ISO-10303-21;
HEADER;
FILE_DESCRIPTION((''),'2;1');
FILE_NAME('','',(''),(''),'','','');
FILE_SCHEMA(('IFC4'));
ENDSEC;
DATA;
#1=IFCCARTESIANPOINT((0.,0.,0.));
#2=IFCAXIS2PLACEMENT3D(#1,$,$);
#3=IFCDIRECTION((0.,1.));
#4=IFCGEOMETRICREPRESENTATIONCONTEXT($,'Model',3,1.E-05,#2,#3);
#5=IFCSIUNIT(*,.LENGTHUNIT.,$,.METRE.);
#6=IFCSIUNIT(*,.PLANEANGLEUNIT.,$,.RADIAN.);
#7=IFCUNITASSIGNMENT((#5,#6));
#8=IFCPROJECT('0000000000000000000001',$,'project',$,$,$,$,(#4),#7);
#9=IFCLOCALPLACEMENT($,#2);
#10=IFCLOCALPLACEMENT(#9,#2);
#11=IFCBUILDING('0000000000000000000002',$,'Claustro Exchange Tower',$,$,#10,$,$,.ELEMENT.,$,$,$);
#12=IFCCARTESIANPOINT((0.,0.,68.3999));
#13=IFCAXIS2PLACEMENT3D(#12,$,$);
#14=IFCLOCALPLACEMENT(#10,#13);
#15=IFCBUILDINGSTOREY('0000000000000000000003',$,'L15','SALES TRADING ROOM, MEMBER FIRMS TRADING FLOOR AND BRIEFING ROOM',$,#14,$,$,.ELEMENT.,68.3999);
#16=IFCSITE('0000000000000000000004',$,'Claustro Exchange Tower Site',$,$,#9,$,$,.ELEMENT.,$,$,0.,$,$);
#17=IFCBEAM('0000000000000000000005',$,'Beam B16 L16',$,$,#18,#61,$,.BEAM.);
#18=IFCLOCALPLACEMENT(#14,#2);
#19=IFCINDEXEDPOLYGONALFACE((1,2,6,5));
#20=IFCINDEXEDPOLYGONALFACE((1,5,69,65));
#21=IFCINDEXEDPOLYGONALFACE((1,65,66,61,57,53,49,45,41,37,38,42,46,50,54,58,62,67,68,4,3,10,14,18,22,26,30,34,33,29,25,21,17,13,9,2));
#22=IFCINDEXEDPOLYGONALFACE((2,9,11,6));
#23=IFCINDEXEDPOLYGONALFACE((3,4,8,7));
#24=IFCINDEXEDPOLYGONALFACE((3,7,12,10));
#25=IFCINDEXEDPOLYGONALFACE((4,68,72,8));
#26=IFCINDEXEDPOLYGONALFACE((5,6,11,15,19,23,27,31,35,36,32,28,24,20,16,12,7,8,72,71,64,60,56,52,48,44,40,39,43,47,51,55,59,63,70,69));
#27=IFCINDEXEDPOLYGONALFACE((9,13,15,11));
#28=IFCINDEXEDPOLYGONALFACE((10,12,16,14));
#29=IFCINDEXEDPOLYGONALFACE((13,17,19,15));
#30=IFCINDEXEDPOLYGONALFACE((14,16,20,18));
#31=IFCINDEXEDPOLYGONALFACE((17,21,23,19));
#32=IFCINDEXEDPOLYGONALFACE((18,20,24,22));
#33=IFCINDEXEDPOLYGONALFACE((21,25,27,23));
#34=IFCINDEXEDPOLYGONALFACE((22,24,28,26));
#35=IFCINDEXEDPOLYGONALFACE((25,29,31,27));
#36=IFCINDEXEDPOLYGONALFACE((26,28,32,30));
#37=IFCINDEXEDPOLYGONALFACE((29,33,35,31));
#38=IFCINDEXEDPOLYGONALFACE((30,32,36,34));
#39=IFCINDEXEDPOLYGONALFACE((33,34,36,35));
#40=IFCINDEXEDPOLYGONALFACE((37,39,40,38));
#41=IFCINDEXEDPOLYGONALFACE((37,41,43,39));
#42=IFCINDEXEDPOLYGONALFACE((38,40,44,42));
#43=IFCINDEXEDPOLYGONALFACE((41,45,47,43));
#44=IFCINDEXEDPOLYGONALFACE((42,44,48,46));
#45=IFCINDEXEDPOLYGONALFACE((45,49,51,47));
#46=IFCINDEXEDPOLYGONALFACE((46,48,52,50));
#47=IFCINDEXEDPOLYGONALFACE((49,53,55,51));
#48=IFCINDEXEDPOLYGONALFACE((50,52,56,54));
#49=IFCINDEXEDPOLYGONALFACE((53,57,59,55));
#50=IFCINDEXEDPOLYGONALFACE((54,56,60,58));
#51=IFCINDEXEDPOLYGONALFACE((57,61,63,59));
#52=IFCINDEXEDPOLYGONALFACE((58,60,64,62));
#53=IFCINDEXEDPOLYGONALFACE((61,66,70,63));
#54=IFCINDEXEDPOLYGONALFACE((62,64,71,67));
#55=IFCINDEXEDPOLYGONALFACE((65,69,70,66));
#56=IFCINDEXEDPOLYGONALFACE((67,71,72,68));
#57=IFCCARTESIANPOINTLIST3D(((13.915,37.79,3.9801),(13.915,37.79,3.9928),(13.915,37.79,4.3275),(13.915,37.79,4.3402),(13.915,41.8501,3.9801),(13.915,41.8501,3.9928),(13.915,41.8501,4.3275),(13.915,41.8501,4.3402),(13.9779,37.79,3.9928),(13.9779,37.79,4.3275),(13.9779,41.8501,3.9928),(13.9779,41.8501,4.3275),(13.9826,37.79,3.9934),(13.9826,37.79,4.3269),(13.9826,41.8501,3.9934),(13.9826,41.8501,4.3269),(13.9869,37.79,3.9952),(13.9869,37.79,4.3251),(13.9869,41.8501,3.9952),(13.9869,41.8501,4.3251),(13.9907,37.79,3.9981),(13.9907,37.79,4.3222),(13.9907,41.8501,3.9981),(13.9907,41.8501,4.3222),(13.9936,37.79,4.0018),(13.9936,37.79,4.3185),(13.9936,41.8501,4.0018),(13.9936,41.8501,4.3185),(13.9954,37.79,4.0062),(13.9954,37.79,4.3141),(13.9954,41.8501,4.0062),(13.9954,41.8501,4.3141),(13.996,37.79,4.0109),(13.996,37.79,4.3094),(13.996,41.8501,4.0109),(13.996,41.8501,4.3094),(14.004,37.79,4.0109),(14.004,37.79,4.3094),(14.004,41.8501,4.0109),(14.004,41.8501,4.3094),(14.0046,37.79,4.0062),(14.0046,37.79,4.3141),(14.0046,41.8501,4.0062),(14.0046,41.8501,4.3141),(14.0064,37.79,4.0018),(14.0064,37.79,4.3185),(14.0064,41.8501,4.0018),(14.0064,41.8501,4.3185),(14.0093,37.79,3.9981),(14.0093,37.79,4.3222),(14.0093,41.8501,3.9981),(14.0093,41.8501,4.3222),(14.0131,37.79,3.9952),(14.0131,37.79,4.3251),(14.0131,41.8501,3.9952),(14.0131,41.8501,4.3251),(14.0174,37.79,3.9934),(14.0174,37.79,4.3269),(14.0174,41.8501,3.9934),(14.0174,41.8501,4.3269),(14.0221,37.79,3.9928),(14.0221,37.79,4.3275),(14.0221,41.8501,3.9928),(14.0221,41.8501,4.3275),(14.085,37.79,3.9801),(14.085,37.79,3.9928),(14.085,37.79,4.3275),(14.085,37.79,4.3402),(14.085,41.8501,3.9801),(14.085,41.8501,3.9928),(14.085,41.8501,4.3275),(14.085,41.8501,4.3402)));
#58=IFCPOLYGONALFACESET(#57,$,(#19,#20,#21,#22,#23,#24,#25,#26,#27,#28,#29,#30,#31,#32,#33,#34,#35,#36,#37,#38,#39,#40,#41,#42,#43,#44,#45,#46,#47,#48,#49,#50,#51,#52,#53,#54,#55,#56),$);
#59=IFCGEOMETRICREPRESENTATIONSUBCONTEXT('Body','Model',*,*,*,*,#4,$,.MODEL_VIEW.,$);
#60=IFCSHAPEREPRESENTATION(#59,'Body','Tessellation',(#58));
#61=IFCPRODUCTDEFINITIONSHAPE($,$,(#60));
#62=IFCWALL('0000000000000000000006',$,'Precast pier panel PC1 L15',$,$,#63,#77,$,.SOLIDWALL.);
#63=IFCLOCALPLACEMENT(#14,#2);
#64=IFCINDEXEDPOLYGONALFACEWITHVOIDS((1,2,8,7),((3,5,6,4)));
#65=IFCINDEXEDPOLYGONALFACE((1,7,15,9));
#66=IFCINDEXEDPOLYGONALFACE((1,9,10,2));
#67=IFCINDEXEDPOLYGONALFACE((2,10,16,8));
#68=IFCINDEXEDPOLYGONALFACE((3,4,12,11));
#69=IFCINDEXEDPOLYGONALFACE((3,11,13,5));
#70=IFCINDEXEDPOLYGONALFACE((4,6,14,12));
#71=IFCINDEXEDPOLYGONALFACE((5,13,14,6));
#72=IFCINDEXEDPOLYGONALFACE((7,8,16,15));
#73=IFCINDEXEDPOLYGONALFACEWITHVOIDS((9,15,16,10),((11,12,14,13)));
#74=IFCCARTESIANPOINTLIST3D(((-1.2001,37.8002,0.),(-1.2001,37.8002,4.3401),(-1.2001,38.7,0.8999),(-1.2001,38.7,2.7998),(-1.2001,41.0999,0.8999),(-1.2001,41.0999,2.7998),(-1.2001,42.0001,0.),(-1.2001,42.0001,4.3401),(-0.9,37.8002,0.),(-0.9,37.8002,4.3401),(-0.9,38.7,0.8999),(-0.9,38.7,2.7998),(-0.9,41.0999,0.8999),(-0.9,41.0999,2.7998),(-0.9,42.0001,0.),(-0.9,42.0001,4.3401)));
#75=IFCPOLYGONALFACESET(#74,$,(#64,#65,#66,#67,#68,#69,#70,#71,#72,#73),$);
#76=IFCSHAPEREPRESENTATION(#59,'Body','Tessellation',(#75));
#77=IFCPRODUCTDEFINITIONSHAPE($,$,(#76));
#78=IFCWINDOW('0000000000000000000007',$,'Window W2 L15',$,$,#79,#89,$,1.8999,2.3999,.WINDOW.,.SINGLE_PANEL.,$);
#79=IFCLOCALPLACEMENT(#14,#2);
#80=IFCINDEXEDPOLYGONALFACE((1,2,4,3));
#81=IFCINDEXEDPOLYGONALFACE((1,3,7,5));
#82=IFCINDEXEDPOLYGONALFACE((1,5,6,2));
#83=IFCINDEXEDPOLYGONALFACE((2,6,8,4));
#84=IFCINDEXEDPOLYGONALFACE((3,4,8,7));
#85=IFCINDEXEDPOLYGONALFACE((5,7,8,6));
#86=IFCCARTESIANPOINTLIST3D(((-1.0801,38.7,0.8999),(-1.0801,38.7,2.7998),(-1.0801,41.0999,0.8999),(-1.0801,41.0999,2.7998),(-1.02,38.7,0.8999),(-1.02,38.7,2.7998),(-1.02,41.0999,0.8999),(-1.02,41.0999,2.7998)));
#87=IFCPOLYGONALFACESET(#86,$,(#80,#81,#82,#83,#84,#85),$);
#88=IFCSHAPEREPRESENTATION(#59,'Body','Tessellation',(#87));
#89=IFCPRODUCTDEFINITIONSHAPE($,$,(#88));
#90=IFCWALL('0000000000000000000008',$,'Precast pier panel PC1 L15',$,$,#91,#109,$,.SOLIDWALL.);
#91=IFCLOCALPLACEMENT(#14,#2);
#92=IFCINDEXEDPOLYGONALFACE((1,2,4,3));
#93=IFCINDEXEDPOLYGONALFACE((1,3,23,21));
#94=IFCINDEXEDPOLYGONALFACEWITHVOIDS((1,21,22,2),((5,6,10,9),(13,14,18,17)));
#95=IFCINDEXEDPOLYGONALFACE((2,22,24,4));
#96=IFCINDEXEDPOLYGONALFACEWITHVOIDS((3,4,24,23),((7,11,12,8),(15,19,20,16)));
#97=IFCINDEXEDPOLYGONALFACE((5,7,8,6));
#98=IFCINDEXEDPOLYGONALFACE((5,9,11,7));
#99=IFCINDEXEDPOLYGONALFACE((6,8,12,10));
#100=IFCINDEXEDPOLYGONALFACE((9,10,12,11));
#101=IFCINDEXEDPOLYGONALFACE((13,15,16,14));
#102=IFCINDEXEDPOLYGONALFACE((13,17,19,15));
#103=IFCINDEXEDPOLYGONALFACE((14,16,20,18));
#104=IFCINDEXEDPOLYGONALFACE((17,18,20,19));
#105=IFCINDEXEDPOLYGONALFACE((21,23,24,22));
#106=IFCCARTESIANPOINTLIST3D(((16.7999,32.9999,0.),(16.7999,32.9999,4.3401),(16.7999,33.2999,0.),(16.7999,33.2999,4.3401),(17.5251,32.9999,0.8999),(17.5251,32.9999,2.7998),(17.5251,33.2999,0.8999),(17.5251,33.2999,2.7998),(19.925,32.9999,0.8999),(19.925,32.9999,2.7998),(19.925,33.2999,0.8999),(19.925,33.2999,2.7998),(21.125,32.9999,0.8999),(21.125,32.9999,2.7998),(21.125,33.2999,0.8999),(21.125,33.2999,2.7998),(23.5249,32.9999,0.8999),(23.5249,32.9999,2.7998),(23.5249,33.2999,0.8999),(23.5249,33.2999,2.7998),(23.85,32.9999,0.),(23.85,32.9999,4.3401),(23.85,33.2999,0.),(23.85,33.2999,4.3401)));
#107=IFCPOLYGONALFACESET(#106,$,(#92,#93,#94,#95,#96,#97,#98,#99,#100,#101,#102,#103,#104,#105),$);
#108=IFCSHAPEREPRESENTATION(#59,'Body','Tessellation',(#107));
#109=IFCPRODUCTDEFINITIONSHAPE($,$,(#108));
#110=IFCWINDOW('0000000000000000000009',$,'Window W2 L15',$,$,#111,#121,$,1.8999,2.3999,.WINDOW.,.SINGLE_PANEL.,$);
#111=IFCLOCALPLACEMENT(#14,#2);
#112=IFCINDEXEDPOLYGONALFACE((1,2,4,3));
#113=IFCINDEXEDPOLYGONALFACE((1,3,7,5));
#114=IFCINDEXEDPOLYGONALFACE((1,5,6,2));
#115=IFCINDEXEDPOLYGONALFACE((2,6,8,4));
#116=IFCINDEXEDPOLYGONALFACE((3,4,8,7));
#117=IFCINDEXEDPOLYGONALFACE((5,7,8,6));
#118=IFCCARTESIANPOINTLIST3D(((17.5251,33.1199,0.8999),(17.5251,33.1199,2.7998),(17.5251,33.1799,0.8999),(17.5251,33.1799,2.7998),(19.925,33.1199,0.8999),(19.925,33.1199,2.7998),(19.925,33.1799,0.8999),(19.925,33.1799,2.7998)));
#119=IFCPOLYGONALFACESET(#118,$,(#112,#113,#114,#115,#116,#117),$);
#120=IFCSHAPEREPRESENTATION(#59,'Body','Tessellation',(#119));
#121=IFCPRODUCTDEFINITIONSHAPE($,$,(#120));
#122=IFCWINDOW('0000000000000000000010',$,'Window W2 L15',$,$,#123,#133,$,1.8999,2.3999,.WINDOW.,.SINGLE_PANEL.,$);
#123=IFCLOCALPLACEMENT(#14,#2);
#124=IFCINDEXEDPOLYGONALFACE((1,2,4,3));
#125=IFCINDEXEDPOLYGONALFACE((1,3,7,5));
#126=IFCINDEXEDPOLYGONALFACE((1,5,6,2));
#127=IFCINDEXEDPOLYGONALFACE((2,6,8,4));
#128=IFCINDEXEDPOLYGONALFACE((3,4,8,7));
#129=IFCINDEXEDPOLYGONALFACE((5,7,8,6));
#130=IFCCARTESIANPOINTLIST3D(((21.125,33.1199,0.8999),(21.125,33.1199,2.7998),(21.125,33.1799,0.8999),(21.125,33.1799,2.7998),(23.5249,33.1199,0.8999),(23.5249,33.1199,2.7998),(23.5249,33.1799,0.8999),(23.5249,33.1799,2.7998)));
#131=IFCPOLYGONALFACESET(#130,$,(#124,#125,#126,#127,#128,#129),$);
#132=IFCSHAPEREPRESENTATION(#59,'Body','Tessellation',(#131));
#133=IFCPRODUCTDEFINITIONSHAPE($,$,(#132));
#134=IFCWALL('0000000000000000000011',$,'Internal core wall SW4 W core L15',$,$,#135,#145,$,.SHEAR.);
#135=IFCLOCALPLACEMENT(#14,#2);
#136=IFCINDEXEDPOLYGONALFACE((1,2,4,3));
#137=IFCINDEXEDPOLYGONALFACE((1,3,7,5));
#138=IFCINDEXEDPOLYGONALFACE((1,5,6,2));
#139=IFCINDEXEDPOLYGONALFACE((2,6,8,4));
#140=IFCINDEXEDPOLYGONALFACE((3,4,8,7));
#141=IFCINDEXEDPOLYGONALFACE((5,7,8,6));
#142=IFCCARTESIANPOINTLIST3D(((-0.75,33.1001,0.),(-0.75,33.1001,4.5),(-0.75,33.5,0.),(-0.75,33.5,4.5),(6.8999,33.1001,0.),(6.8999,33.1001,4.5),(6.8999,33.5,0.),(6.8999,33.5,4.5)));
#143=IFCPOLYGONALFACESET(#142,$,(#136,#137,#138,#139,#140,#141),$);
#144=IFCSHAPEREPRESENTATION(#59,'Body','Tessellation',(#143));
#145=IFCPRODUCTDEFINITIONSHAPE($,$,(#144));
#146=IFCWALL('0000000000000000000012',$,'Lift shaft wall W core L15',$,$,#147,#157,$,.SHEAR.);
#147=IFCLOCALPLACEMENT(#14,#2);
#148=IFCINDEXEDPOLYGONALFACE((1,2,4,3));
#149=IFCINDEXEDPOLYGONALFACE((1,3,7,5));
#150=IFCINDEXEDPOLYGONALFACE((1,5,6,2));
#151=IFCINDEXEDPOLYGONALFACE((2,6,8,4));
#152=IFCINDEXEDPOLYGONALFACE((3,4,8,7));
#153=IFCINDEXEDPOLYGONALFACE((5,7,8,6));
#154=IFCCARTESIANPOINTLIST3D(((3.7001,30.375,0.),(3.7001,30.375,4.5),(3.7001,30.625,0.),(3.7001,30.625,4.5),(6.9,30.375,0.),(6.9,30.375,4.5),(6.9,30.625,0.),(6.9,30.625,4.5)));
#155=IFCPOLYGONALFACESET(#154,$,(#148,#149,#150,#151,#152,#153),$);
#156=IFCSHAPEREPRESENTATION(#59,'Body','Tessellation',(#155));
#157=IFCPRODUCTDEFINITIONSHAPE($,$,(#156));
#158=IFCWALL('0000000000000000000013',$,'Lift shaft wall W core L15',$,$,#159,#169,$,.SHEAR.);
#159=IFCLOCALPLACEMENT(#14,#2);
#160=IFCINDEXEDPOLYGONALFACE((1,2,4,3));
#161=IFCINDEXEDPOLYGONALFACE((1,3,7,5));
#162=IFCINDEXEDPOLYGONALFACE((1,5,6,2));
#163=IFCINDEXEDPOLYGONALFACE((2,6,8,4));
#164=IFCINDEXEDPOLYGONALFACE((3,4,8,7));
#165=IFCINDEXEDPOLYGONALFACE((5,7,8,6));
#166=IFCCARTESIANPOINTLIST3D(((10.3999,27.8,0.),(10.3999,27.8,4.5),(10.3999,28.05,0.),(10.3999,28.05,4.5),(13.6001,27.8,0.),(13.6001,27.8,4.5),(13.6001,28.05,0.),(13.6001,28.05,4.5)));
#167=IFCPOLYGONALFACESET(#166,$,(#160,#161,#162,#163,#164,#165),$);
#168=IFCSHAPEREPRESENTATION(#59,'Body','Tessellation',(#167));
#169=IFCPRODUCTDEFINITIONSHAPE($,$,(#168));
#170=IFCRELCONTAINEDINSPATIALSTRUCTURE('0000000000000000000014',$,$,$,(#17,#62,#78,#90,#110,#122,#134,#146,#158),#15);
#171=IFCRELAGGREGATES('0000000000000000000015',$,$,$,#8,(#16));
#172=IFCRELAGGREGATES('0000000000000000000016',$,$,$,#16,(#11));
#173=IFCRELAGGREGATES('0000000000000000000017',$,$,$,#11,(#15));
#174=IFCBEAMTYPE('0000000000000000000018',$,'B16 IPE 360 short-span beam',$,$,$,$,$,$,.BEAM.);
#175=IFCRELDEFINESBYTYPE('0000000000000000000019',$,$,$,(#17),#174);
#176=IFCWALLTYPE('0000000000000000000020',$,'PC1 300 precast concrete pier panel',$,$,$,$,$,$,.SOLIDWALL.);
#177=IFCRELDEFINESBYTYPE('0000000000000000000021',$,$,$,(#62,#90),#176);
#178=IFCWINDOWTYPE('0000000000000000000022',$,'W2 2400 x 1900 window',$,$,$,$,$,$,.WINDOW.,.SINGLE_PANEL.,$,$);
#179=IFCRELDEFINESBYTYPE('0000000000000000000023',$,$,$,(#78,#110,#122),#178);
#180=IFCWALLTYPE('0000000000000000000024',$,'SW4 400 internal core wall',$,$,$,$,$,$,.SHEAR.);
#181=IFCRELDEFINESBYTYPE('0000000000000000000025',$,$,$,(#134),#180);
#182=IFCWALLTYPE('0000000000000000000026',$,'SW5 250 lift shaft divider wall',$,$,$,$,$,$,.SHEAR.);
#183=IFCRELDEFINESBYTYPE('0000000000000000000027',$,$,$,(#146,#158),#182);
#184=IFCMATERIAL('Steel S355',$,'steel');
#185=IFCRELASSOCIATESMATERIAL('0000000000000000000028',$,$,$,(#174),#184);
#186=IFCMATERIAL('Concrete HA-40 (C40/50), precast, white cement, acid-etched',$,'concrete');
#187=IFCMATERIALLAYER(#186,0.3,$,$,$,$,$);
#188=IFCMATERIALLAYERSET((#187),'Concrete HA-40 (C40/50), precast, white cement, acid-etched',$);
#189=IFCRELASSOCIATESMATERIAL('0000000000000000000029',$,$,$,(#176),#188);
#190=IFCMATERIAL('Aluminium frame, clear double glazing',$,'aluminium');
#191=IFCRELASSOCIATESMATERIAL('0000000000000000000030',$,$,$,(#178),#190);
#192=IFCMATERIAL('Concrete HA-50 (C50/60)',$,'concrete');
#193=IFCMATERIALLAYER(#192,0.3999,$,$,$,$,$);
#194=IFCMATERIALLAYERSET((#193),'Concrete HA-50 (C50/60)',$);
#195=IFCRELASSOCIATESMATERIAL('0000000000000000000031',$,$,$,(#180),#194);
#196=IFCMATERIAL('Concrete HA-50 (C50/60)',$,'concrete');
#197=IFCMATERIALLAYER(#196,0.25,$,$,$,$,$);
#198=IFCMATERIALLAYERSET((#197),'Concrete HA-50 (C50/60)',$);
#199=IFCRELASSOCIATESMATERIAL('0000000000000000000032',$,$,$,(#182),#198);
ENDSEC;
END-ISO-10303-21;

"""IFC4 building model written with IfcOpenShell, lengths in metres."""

from ifc_helpers import new_model, si_unit, direction, frame, frame_2d, origin, origin_2d, place, context, subcontext, project, spatial, rectangle, i_section, extrude, material, layer, layer_set, material_profile, profile_set, type_object, element, fill, save


model = new_model("IFC4")

# Units and contexts
model_context = context("Model", 3, precision=1e-05, world=origin(), true_north=direction((0.0, 1.0)))
body_context = subcontext(model_context, "Body", "Model", "MODEL_VIEW")
ifc_project = project(units=[si_unit("LENGTHUNIT", "METRE"), si_unit("PLANEANGLEUNIT", "RADIAN")], contexts=[model_context])

# Site, building, storey
site_placement = place(None, origin())
site = spatial("IfcSite", under=ifc_project, at=site_placement, Name="Claustro Exchange Tower Site", CompositionType="ELEMENT", RefElevation=0.0)
building_placement = place(site_placement, origin())
building = spatial("IfcBuilding", under=site, at=building_placement, Name="Claustro Exchange Tower", CompositionType="ELEMENT")
storey_placement = place(building_placement, frame((0.0, 0.0, 68.3999)))
storey = spatial("IfcBuildingStorey", under=building, at=storey_placement, Name="L15", Description="SALES TRADING ROOM, MEMBER FIRMS TRADING FLOOR AND BRIEFING ROOM", CompositionType="ELEMENT", Elevation=68.3999)

# Beam
ifc_material_1 = material(Name="Steel S355", Category="steel")
ifc_material_profile_1 = material_profile(ifc_material_1, i_section(OverallWidth=0.1699, OverallDepth=0.3601, WebThickness=0.0081, FlangeThickness=0.0127, FilletRadius=0.0181, at=origin_2d()), Name="IPE 360")
ifc_profile_set_1 = profile_set([ifc_material_profile_1], Name="Steel S355")
beam_type_1 = type_object("IfcBeamType", Name="B16 IPE 360 short-span beam", PredefinedType="BEAM", material=ifc_profile_set_1)
for number, where, z_axis, x_axis, name in (
    (1, (14.0, 37.79, 4.1602), (0.0, 1.0, 0.0), (-1.0, 0.0, 0.0), "Beam B16 L16"),
):
    element("IfcBeam", number, at=place(storey_placement, frame(where, z_axis=z_axis, x_axis=x_axis)), inside=storey, type_object=beam_type_1, Name=name, PredefinedType="BEAM", context=body_context, shape_type="SweptSolid", body=[
        extrude(i_section(OverallWidth=0.1699, OverallDepth=0.3601, WebThickness=0.0081, FlangeThickness=0.0127, FilletRadius=0.0181, at=origin_2d()), origin(), (0.0, 0.0, 1.0), 4.0601),
    ])

# Wall, opening, window
ifc_material_2 = material(Name="Concrete HA-40 (C40/50), precast, white cement, acid-etched", Category="concrete")
ifc_layer_1 = layer(ifc_material_2, 0.3)
ifc_layer_set_1 = layer_set([ifc_layer_1], Name="Concrete HA-40 (C40/50), precast, white cement, acid-etched")
wall_type_1 = type_object("IfcWallType", Name="PC1 300 precast concrete pier panel", PredefinedType="SOLIDWALL", material=ifc_layer_set_1)
wall_1_placement = place(storey_placement, frame((-1.05, 37.8, 0.0), z_axis=(0.0, 0.0, 1.0), x_axis=(0.0, 1.0, 0.0)))
wall_1 = element("IfcWall", 2, at=wall_1_placement, inside=storey, type_object=wall_type_1, Name="Precast pier panel PC1 L15", PredefinedType="SOLIDWALL", context=body_context, shape_type="SweptSolid", body=[
    extrude(rectangle(XDim=4.2, YDim=0.3, at=frame_2d((2.1001, 0.0))), origin(), (0.0, 0.0, 1.0), 4.3401),
])
opening_1_placement = place(wall_1_placement, frame((0.8999, 0.0, 0.8999)))
opening_1 = element("IfcOpeningElement", 3, at=opening_1_placement, cuts=wall_1, PredefinedType="OPENING", context=body_context, shape_type="SweptSolid", body=[
    extrude(rectangle(XDim=2.3999, YDim=1.8999, at=frame_2d((1.2, 0.95))), frame((0.0, 0.1599, 0.0), z_axis=(0.0, -1.0, 0.0), x_axis=(1.0, 0.0, 0.0)), (0.0, 0.0, 1.0), 0.3201),
])
ifc_material_3 = material(Name="Aluminium frame, clear double glazing", Category="aluminium")
window_type = type_object("IfcWindowType", Name="W2 2400 x 1900 window", PartitioningType="SINGLE_PANEL", PredefinedType="WINDOW", material=ifc_material_3)
window_1_placement = place(opening_1_placement, origin())
window_1 = element("IfcWindow", 4, at=window_1_placement, inside=storey, type_object=window_type, Name="Window W2 L15", OverallHeight=1.8999, OverallWidth=2.3999, PartitioningType="SINGLE_PANEL", PredefinedType="WINDOW", context=body_context, shape_type="SweptSolid", body=[
    extrude(rectangle(XDim=2.3999, YDim=1.8999, at=frame_2d((1.2, 0.95))), frame((0.0, 0.03, 0.0), z_axis=(0.0, -1.0, 0.0), x_axis=(1.0, 0.0, 0.0)), (0.0, 0.0, 1.0), 0.0601),
])
fill(opening_1, window_1)

# Wall, openings, windows
wall_2_placement = place(storey_placement, frame((16.8, 33.1499, 0.0), z_axis=(0.0, 0.0, 1.0), x_axis=(1.0, 0.0, 0.0)))
wall_2 = element("IfcWall", 5, at=wall_2_placement, inside=storey, type_object=wall_type_1, Name="Precast pier panel PC1 L15", PredefinedType="SOLIDWALL", context=body_context, shape_type="SweptSolid", body=[
    extrude(rectangle(XDim=7.05, YDim=0.3, at=frame_2d((3.5249, 0.0))), origin(), (0.0, 0.0, 1.0), 4.3401),
])
opening_2_placement = place(wall_2_placement, frame((0.7251, 0.0, 0.8999)))
opening_2 = element("IfcOpeningElement", 6, at=opening_2_placement, cuts=wall_2, PredefinedType="OPENING", context=body_context, shape_type="SweptSolid", body=[
    extrude(rectangle(XDim=2.3999, YDim=1.8999, at=frame_2d((1.2, 0.95))), frame((0.0, 0.1599, 0.0), z_axis=(0.0, -1.0, 0.0), x_axis=(1.0, 0.0, 0.0)), (0.0, 0.0, 1.0), 0.3201),
])
opening_3_placement = place(wall_2_placement, frame((4.325, 0.0, 0.8999)))
opening_3 = element("IfcOpeningElement", 7, at=opening_3_placement, cuts=wall_2, PredefinedType="OPENING", context=body_context, shape_type="SweptSolid", body=[
    extrude(rectangle(XDim=2.3999, YDim=1.8999, at=frame_2d((1.2, 0.95))), frame((0.0, 0.1599, 0.0), z_axis=(0.0, -1.0, 0.0), x_axis=(1.0, 0.0, 0.0)), (0.0, 0.0, 1.0), 0.3201),
])
window_2_placement = place(opening_2_placement, origin())
window_2 = element("IfcWindow", 8, at=window_2_placement, inside=storey, type_object=window_type, Name="Window W2 L15", OverallHeight=1.8999, OverallWidth=2.3999, PartitioningType="SINGLE_PANEL", PredefinedType="WINDOW", context=body_context, shape_type="SweptSolid", body=[
    extrude(rectangle(XDim=2.3999, YDim=1.8999, at=frame_2d((1.2, 0.95))), frame((0.0, 0.03, 0.0), z_axis=(0.0, -1.0, 0.0), x_axis=(1.0, 0.0, 0.0)), (0.0, 0.0, 1.0), 0.0601),
])
fill(opening_2, window_2)
window_3_placement = place(opening_3_placement, origin())
window_3 = element("IfcWindow", 9, at=window_3_placement, inside=storey, type_object=window_type, Name="Window W2 L15", OverallHeight=1.8999, OverallWidth=2.3999, PartitioningType="SINGLE_PANEL", PredefinedType="WINDOW", context=body_context, shape_type="SweptSolid", body=[
    extrude(rectangle(XDim=2.3999, YDim=1.8999, at=frame_2d((1.2, 0.95))), frame((0.0, 0.03, 0.0), z_axis=(0.0, -1.0, 0.0), x_axis=(1.0, 0.0, 0.0)), (0.0, 0.0, 1.0), 0.0601),
])
fill(opening_3, window_3)

# Walls
ifc_material_4 = material(Name="Concrete HA-50 (C50/60)", Category="concrete")
ifc_layer_2 = layer(ifc_material_4, 0.3999)
ifc_layer_set_2 = layer_set([ifc_layer_2], Name="Concrete HA-50 (C50/60)")
wall_type_2 = type_object("IfcWallType", Name="SW4 400 internal core wall", PredefinedType="SHEAR", material=ifc_layer_set_2)
wall_3_placement = place(storey_placement, frame((-0.75, 33.3, 0.0), z_axis=(0.0, 0.0, 1.0), x_axis=(1.0, 0.0, 0.0)))
element("IfcWall", 10, at=wall_3_placement, inside=storey, type_object=wall_type_2, Name="Internal core wall SW4 W core L15", PredefinedType="SHEAR", context=body_context, shape_type="SweptSolid", body=[
    extrude(rectangle(XDim=7.6499, YDim=0.3999, at=frame_2d((3.825, 0.0))), origin(), (0.0, 0.0, 1.0), 4.5),
])
ifc_material_5 = material(Name="Concrete HA-50 (C50/60)", Category="concrete")
ifc_layer_3 = layer(ifc_material_5, 0.25)
ifc_layer_set_3 = layer_set([ifc_layer_3], Name="Concrete HA-50 (C50/60)")
wall_type_3 = type_object("IfcWallType", Name="SW5 250 lift shaft divider wall", PredefinedType="SHEAR", material=ifc_layer_set_3)
wall_4_placement = place(storey_placement, frame((3.7, 30.5, 0.0), z_axis=(0.0, 0.0, 1.0), x_axis=(1.0, 0.0, 0.0)))
element("IfcWall", 11, at=wall_4_placement, inside=storey, type_object=wall_type_3, Name="Lift shaft wall W core L15", PredefinedType="SHEAR", context=body_context, shape_type="SweptSolid", body=[
    extrude(rectangle(XDim=3.2, YDim=0.25, at=frame_2d((1.6001, 0.0))), origin(), (0.0, 0.0, 1.0), 4.5),
])
for number, where, z_axis, x_axis, name in (
    (12, (10.3999, 27.925, 0.0), (0.0, 0.0, 1.0), (1.0, 0.0, 0.0), "Lift shaft wall W core L15"),
):
    element("IfcWall", number, at=place(storey_placement, frame(where, z_axis=z_axis, x_axis=x_axis)), inside=storey, type_object=wall_type_3, Name=name, PredefinedType="SHEAR", context=body_context, shape_type="SweptSolid", body=[
        extrude(rectangle(XDim=3.2002, YDim=0.25, at=frame_2d((1.6001, 0.0))), origin(), (0.0, 0.0, 1.0), 4.5),
    ])

save(model, "model.ifc")
